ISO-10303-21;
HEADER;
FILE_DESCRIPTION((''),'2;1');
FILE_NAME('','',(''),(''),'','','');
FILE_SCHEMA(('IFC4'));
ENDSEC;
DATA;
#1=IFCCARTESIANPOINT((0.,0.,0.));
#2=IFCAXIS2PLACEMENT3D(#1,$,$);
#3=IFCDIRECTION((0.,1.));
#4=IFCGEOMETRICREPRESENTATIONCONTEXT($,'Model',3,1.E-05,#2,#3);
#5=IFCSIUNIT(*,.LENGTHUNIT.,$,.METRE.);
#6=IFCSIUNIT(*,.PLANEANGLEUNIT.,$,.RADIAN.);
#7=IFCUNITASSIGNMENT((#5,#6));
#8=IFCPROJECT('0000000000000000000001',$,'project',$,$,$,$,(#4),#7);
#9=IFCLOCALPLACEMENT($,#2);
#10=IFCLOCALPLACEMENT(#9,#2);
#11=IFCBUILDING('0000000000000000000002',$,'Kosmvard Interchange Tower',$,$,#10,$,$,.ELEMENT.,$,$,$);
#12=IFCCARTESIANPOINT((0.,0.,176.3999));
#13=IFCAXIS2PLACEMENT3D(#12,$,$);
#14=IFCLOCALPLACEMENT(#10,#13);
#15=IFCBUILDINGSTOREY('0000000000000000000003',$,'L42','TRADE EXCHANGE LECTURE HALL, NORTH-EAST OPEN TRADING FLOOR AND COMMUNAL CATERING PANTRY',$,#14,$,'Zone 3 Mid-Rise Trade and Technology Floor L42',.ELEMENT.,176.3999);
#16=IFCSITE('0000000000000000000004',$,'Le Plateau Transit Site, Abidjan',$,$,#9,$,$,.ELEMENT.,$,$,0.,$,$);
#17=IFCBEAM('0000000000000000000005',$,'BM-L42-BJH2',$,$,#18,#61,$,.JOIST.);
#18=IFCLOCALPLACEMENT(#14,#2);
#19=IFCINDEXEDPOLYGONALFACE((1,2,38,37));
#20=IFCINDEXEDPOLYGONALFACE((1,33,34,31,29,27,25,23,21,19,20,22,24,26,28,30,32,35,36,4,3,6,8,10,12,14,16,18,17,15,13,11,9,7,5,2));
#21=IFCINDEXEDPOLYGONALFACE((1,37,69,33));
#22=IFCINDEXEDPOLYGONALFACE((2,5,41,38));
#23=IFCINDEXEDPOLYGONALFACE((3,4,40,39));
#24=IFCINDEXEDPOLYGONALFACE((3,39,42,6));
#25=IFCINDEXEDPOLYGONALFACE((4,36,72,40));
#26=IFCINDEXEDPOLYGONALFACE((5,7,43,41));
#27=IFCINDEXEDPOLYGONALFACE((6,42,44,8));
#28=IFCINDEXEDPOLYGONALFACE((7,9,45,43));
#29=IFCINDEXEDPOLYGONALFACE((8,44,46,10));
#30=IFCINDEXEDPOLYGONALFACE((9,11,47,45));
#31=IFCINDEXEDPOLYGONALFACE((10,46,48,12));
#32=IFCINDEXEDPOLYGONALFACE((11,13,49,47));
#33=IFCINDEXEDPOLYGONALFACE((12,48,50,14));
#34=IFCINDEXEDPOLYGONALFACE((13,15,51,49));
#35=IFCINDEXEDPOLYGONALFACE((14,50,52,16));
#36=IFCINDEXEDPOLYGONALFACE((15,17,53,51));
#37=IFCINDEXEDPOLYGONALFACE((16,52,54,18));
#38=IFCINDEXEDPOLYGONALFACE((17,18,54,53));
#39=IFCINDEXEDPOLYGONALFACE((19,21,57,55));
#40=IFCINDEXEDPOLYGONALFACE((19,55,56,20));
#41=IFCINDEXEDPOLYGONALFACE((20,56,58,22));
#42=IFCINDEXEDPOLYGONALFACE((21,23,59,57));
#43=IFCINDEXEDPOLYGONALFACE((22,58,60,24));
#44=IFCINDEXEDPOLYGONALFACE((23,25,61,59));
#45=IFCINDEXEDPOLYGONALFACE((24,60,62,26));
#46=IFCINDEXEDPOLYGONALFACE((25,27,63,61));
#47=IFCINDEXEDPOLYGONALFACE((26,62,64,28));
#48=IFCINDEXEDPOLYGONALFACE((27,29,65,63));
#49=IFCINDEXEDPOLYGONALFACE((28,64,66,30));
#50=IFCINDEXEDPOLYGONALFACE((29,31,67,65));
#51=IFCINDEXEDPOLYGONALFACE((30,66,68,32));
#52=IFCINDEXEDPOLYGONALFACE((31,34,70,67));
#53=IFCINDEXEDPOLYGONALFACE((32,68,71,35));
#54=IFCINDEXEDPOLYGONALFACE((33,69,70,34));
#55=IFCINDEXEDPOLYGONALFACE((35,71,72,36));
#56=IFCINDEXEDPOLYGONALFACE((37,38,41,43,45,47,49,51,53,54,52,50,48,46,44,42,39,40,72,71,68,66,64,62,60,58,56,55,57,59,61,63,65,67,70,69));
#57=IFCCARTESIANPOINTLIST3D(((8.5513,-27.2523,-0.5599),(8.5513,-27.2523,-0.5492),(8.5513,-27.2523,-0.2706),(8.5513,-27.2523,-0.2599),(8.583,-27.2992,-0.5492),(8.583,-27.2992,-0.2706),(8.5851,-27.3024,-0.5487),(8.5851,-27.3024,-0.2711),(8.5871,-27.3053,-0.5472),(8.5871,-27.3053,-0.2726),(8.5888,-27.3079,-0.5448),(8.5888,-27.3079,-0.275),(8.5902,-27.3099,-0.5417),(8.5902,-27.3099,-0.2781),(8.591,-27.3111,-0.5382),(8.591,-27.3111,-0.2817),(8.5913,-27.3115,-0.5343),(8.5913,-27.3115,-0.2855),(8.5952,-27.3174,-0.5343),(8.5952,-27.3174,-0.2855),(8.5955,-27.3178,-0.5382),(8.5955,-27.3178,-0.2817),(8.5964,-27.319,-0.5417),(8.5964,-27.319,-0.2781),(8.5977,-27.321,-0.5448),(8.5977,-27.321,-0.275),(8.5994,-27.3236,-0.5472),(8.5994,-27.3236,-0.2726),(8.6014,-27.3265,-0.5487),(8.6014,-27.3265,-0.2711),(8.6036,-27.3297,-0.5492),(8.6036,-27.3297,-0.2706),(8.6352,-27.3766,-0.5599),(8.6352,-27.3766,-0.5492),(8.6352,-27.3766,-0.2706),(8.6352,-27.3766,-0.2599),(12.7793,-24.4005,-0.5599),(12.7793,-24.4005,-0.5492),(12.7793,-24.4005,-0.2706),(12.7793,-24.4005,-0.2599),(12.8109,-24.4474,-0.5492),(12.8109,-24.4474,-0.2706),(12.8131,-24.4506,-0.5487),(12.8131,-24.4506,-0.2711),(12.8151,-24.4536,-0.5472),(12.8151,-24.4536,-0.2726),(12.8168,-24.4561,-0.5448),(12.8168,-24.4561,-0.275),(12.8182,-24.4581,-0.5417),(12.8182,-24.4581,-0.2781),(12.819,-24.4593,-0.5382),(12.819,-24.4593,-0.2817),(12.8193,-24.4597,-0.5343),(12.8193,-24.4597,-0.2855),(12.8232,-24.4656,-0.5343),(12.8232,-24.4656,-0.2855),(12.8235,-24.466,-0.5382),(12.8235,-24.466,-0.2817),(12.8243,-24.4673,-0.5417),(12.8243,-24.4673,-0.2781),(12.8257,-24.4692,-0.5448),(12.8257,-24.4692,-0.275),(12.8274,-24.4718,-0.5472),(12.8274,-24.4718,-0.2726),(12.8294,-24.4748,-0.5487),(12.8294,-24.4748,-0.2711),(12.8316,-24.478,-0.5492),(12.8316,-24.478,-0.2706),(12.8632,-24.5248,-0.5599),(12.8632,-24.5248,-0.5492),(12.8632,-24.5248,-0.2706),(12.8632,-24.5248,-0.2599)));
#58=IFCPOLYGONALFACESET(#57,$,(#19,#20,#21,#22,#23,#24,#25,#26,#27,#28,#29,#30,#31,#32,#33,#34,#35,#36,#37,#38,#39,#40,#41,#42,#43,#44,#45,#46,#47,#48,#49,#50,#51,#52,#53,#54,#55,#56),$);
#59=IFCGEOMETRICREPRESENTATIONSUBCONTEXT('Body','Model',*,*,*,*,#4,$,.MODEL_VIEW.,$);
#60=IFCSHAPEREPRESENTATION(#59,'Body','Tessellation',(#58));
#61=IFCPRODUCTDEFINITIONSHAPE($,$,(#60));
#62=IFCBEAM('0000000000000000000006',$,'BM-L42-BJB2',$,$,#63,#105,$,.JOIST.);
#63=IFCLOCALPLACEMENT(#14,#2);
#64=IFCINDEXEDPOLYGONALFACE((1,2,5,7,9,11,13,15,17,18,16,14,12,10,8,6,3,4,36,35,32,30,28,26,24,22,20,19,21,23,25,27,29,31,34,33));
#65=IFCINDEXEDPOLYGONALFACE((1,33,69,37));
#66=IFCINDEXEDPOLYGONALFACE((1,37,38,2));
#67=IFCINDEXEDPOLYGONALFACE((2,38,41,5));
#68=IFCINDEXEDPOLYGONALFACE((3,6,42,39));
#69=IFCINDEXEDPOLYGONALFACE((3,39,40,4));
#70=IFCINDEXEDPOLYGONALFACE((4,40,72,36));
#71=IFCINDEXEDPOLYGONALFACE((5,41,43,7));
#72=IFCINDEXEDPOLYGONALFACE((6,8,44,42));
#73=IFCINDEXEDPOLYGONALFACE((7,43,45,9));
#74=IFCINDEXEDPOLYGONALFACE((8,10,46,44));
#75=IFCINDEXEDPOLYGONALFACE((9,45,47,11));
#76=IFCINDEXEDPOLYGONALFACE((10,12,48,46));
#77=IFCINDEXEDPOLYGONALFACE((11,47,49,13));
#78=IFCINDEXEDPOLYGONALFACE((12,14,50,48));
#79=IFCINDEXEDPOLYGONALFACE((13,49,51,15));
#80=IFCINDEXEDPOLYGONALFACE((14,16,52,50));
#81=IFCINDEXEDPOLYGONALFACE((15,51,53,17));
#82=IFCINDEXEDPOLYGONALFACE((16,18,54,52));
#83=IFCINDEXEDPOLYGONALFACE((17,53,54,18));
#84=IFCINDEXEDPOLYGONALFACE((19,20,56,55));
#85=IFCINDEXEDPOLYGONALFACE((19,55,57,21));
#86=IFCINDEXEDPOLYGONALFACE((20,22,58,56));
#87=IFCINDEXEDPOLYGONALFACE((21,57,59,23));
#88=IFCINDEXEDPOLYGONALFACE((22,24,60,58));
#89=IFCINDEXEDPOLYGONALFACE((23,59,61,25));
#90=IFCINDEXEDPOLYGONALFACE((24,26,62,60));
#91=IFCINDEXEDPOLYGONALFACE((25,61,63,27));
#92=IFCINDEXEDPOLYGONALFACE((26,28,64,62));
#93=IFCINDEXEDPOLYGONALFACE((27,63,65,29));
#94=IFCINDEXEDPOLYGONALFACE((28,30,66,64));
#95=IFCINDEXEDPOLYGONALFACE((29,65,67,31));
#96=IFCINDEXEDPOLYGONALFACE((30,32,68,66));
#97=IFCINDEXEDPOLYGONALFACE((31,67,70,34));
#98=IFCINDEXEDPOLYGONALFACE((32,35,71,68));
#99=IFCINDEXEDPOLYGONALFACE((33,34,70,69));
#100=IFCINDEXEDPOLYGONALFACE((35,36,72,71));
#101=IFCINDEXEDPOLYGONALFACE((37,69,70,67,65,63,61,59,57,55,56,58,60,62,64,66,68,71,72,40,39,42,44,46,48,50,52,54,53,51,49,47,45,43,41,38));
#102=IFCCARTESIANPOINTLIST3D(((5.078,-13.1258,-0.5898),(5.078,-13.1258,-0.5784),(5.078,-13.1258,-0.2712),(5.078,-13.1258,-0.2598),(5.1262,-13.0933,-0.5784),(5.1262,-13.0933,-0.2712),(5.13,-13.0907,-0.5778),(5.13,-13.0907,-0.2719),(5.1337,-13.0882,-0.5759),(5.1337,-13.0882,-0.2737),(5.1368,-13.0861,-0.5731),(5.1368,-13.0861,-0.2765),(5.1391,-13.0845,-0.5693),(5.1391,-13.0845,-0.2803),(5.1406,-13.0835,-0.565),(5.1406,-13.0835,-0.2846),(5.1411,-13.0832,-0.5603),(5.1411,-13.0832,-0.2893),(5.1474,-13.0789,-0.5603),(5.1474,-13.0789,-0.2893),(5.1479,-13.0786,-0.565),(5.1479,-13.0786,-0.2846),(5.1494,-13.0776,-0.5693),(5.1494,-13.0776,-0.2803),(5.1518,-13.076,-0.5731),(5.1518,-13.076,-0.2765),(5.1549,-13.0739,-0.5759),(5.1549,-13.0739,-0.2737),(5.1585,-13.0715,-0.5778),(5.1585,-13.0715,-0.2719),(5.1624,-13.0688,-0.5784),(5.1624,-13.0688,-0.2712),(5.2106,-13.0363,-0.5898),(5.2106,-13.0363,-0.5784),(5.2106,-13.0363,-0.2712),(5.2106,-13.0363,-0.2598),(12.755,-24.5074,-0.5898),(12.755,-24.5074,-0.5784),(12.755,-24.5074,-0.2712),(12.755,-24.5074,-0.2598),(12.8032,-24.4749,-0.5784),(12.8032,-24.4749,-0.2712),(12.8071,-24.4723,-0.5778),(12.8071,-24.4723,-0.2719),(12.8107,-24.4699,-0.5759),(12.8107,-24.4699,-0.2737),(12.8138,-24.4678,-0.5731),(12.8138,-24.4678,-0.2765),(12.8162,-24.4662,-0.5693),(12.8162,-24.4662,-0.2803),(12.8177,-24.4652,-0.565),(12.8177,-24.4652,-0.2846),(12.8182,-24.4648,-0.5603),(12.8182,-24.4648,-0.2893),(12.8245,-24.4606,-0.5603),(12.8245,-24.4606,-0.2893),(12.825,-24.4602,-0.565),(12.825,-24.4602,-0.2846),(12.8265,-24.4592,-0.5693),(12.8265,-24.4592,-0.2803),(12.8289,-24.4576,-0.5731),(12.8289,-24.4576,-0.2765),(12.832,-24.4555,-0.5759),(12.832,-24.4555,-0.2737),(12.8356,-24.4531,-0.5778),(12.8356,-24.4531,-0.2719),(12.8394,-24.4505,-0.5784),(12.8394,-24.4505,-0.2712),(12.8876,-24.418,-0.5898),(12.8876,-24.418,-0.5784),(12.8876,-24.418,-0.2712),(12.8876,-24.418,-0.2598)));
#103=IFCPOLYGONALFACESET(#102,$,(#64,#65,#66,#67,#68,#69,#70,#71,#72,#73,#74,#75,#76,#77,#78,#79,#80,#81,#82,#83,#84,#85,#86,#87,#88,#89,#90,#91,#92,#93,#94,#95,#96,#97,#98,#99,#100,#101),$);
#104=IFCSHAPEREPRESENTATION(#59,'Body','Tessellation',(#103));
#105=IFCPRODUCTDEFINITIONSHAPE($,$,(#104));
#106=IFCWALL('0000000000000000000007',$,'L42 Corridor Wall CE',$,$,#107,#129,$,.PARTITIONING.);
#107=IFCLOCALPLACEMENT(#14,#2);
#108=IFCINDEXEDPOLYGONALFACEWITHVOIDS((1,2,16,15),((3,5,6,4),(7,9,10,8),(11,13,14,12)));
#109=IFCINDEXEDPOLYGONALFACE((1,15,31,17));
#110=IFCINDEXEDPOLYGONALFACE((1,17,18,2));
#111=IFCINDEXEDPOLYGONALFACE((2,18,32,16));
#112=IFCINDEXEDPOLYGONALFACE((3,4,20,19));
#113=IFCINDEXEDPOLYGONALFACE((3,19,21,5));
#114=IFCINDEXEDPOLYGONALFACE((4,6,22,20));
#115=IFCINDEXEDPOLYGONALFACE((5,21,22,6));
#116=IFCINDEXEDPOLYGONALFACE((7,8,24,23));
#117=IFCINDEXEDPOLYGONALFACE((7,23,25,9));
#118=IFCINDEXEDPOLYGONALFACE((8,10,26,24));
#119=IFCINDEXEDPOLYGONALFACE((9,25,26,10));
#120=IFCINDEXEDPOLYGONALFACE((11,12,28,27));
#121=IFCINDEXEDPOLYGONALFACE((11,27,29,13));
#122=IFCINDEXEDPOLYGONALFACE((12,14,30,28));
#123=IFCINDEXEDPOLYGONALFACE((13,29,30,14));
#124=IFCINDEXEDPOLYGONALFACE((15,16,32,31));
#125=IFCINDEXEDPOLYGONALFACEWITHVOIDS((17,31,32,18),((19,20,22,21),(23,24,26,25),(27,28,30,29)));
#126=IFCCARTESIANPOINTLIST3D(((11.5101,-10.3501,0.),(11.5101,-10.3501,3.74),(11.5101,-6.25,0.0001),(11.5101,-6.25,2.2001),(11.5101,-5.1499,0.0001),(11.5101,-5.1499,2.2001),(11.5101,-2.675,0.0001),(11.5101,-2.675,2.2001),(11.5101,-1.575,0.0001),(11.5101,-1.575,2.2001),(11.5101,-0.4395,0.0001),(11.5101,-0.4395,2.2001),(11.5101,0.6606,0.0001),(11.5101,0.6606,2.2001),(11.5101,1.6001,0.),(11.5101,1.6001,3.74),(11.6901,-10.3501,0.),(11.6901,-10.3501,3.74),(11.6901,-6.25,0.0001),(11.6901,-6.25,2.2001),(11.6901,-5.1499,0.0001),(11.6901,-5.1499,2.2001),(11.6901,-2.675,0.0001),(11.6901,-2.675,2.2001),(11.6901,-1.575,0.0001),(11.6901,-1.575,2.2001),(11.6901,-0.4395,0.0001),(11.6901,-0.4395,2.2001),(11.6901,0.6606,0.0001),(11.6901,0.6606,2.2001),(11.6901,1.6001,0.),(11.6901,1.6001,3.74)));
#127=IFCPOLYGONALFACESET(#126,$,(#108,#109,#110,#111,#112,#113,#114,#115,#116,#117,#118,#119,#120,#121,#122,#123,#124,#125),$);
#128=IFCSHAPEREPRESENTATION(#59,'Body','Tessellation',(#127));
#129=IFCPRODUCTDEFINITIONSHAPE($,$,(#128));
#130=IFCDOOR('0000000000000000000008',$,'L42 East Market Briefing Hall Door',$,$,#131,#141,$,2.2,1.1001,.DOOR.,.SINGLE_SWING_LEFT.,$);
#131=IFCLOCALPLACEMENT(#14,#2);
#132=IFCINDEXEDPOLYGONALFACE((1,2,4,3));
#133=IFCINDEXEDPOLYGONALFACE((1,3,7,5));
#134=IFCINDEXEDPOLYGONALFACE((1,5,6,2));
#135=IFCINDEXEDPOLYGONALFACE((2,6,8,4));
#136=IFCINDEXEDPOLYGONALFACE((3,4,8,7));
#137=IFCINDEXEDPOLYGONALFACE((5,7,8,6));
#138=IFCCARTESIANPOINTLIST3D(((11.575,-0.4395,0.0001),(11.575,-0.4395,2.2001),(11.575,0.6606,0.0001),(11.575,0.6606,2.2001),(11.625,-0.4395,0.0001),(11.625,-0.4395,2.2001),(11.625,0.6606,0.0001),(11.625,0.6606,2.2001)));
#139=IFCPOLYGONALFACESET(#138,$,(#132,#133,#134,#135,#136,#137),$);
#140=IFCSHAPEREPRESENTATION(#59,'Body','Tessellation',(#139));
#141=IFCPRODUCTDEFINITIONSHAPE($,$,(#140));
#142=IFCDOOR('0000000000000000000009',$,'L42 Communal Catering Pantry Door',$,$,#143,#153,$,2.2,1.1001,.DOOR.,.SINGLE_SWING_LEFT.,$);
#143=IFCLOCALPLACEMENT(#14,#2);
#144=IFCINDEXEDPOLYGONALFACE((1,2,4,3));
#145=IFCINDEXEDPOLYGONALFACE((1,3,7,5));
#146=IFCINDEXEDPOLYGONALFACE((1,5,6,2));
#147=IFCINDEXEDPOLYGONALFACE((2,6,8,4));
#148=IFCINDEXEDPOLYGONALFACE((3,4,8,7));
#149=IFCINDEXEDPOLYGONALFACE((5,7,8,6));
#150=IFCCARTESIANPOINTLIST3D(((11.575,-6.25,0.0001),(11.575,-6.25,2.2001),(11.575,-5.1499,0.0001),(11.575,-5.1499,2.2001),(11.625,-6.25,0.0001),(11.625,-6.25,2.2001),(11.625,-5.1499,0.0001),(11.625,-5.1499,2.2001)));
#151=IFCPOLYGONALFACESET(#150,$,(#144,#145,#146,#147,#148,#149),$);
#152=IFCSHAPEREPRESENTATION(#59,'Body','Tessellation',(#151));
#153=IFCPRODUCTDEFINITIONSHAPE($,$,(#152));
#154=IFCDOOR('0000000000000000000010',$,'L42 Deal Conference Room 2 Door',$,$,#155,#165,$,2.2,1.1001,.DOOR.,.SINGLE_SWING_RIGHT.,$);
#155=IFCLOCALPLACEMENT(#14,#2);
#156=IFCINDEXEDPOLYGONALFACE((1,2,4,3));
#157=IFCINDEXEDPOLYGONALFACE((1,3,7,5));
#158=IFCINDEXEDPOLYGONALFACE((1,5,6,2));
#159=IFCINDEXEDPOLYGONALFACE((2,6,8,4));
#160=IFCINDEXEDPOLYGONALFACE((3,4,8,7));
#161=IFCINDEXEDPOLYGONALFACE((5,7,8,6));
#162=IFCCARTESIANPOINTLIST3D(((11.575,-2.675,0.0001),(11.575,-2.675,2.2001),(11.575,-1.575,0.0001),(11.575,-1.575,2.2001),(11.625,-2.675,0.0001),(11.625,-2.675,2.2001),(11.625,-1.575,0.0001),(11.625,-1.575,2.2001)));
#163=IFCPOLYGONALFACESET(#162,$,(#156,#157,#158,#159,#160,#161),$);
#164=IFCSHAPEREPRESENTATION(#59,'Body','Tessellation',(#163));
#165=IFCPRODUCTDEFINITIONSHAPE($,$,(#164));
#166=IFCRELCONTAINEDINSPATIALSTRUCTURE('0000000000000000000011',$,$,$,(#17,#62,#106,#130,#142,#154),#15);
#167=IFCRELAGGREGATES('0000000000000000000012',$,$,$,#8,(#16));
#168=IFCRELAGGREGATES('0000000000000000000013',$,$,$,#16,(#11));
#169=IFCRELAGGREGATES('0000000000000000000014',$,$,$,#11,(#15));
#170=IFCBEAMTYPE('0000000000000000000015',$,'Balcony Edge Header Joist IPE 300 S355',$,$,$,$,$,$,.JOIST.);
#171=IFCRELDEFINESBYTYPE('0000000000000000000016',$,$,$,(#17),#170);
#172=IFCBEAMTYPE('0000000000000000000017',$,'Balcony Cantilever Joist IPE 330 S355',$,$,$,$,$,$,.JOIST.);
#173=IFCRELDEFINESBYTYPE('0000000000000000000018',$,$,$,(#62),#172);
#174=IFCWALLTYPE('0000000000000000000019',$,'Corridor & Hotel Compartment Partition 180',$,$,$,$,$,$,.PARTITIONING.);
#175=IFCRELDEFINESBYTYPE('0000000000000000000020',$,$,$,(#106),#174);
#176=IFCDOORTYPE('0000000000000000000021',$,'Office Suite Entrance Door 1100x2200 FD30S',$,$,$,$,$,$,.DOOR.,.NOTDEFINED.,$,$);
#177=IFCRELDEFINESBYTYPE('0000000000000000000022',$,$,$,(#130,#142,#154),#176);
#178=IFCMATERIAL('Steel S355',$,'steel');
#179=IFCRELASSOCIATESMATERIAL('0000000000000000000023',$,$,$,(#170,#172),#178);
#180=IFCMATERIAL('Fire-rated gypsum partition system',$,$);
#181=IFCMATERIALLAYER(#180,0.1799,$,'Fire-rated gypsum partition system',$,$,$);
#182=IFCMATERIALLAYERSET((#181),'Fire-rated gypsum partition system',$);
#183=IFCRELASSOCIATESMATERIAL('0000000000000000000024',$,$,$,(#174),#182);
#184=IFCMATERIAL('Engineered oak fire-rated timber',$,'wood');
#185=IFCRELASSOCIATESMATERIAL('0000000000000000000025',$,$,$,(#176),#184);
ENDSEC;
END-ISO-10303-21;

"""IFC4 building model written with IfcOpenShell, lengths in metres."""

from ifc_helpers import new_model, si_unit, direction, frame, frame_2d, origin, origin_2d, place, context, subcontext, project, spatial, rectangle, i_section, extrude, source, transform, mapped, material, layer, layer_set, material_profile, profile_set, type_object, element, fill, save


model = new_model("IFC4")

# Units and contexts
model_context = context("Model", 3, precision=1e-05, world=origin(), true_north=direction((0.0, 1.0)))
body_context = subcontext(model_context, "Body", "Model", "MODEL_VIEW")
ifc_project = project(units=[si_unit("LENGTHUNIT", "METRE"), si_unit("PLANEANGLEUNIT", "RADIAN")], contexts=[model_context])

# Site, building, storey
site_placement = place(None, origin())
site = spatial("IfcSite", under=ifc_project, at=site_placement, Name="Le Plateau Transit Site, Abidjan", CompositionType="ELEMENT", RefElevation=0.0)
building_placement = place(site_placement, origin())
building = spatial("IfcBuilding", under=site, at=building_placement, Name="Kosmvard Interchange Tower", CompositionType="ELEMENT")
storey_placement = place(building_placement, frame((0.0, 0.0, 176.3999)))
storey = spatial("IfcBuildingStorey", under=building, at=storey_placement, Name="L42", Description="TRADE EXCHANGE LECTURE HALL, NORTH-EAST OPEN TRADING FLOOR AND COMMUNAL CATERING PANTRY", LongName="Zone 3 Mid-Rise Trade and Technology Floor L42", CompositionType="ELEMENT", Elevation=176.3999)

# Beams
ifc_material_1 = material(Name="Steel S355", Category="steel")
ifc_material_profile_1 = material_profile(ifc_material_1, i_section(OverallWidth=0.1499, OverallDepth=0.3, WebThickness=0.0071, FlangeThickness=0.0107, FilletRadius=0.0149, at=origin_2d()), Name="IPE 300")
ifc_profile_set_1 = profile_set([ifc_material_profile_1], Name="Steel S355")
beam_type_1 = type_object("IfcBeamType", Name="Balcony Edge Header Joist IPE 300 S355", PredefinedType="JOIST", material=ifc_profile_set_1)
shared_shape_1 = source(origin(), body_context, "Body", "SweptSolid", [
    extrude(i_section(OverallWidth=0.1499, OverallDepth=0.3, WebThickness=0.0071, FlangeThickness=0.0107, FilletRadius=0.0149, at=origin_2d()), origin(), (0.0, 0.0, 1.0), 5.0999),
])
beam_1_placement = place(storey_placement, frame((8.5933, -27.3145, -0.4099), z_axis=(0.829041, 0.559188, 0.0), x_axis=(-0.559188, 0.829041, 0.0)))
element("IfcBeam", 1, at=beam_1_placement, inside=storey, type_object=beam_type_1, Name="BM-L42-BJH2", PredefinedType="JOIST", context=body_context, shape_type="MappedRepresentation", body=[
    mapped(shared_shape_1, transform((0.0, 0.0, 0.0), scale=1.0)),
])
ifc_material_profile_2 = material_profile(ifc_material_1, i_section(OverallWidth=0.1599, OverallDepth=0.3301, WebThickness=0.0076, FlangeThickness=0.0115, FilletRadius=0.0181, at=origin_2d()), Name="IPE 330")
ifc_profile_set_2 = profile_set([ifc_material_profile_2], Name="Steel S355")
beam_type_2 = type_object("IfcBeamType", Name="Balcony Cantilever Joist IPE 330 S355", PredefinedType="JOIST", material=ifc_profile_set_2)
shared_shape_2 = source(origin(), body_context, "Body", "SweptSolid", [
    extrude(i_section(OverallWidth=0.1599, OverallDepth=0.3301, WebThickness=0.0076, FlangeThickness=0.0115, FilletRadius=0.0181, at=origin_2d()), origin(), (0.0, 0.0, 1.0), 13.7288),
])
beam_2_placement = place(storey_placement, frame((5.1443, -13.0811, -0.4248), z_axis=(0.559194, -0.829037, 0.0), x_axis=(0.829037, 0.559194, 0.0)))
element("IfcBeam", 2, at=beam_2_placement, inside=storey, type_object=beam_type_2, Name="BM-L42-BJB2", PredefinedType="JOIST", context=body_context, shape_type="MappedRepresentation", body=[
    mapped(shared_shape_2, transform((0.0, 0.0, 0.0), scale=1.0)),
])

# Wall, openings, doors
ifc_material_2 = material(Name="Fire-rated gypsum partition system")
ifc_layer_1 = layer(ifc_material_2, 0.1799, Name="Fire-rated gypsum partition system")
ifc_layer_set_1 = layer_set([ifc_layer_1], Name="Fire-rated gypsum partition system")
wall_type_1 = type_object("IfcWallType", Name="Corridor & Hotel Compartment Partition 180", PredefinedType="PARTITIONING", material=ifc_layer_set_1)
wall_1_placement = place(storey_placement, frame((11.6001, -10.3501, 0.0), z_axis=(0.0, 0.0, 1.0), x_axis=(0.0, 1.0, 0.0)))
wall_1 = element("IfcWall", 3, at=wall_1_placement, inside=storey, type_object=wall_type_1, Name="L42 Corridor Wall CE", PredefinedType="PARTITIONING", context=body_context, shape_type="SweptSolid", body=[
    extrude(rectangle(XDim=11.9502, YDim=0.1799, at=frame_2d((5.9751, 0.0))), origin(), (0.0, 0.0, 1.0), 3.74),
])
opening_1_placement = place(wall_1_placement, frame((9.9106, 0.0, 0.0)))
opening_1 = element("IfcOpeningElement", 4, at=opening_1_placement, cuts=wall_1, PredefinedType="OPENING", context=body_context, shape_type="SweptSolid", body=[
    extrude(rectangle(XDim=1.1001, YDim=2.2, at=frame_2d((0.55, 1.1001))), frame((0.0, 0.1001, 0.0), z_axis=(0.0, -1.0, 0.0), x_axis=(1.0, 0.0, 0.0)), (0.0, 0.0, 1.0), 0.2),
])
opening_2_placement = place(wall_1_placement, frame((4.1001, 0.0, 0.0)))
opening_2 = element("IfcOpeningElement", 5, at=opening_2_placement, cuts=wall_1, PredefinedType="OPENING", context=body_context, shape_type="SweptSolid", body=[
    extrude(rectangle(XDim=1.1001, YDim=2.2, at=frame_2d((0.55, 1.1001))), frame((0.0, 0.1001, 0.0), z_axis=(0.0, -1.0, 0.0), x_axis=(1.0, 0.0, 0.0)), (0.0, 0.0, 1.0), 0.2),
])
opening_3_placement = place(wall_1_placement, frame((7.675, 0.0, 0.0)))
opening_3 = element("IfcOpeningElement", 6, at=opening_3_placement, cuts=wall_1, PredefinedType="OPENING", context=body_context, shape_type="SweptSolid", body=[
    extrude(rectangle(XDim=1.1001, YDim=2.2, at=frame_2d((0.55, 1.1001))), frame((0.0, 0.1001, 0.0), z_axis=(0.0, -1.0, 0.0), x_axis=(1.0, 0.0, 0.0)), (0.0, 0.0, 1.0), 0.2),
])
ifc_material_3 = material(Name="Engineered oak fire-rated timber", Category="wood")
door_type = type_object("IfcDoorType", Name="Office Suite Entrance Door 1100x2200 FD30S", OperationType="NOTDEFINED", PredefinedType="DOOR", material=ifc_material_3)
shared_shape_3 = source(origin(), body_context, "Body", "SweptSolid", [
    extrude(rectangle(XDim=1.1001, YDim=2.2, at=frame_2d((0.55, 1.1001))), frame((0.0, 0.0249, 0.0), z_axis=(0.0, -1.0, 0.0), x_axis=(1.0, 0.0, 0.0)), (0.0, 0.0, 1.0), 0.05),
])
door_1_placement = place(opening_1_placement, frame((1.1001, 0.0, 0.0), z_axis=(0.0, 0.0, 1.0), x_axis=(-1.0, 0.0, 0.0)))
door_1 = element("IfcDoor", 7, at=door_1_placement, inside=storey, type_object=door_type, Name="L42 East Market Briefing Hall Door", OperationType="SINGLE_SWING_LEFT", OverallHeight=2.2, OverallWidth=1.1001, PredefinedType="DOOR", context=body_context, shape_type="MappedRepresentation", body=[
    mapped(shared_shape_3, transform((0.0, 0.0, 0.0), scale=1.0)),
])
fill(opening_1, door_1)
door_2_placement = place(opening_2_placement, frame((1.1001, 0.0, 0.0), z_axis=(0.0, 0.0, 1.0), x_axis=(-1.0, 0.0, 0.0)))
door_2 = element("IfcDoor", 8, at=door_2_placement, inside=storey, type_object=door_type, Name="L42 Communal Catering Pantry Door", OperationType="SINGLE_SWING_LEFT", OverallHeight=2.2, OverallWidth=1.1001, PredefinedType="DOOR", context=body_context, shape_type="MappedRepresentation", body=[
    mapped(shared_shape_3, transform((0.0, 0.0, 0.0), scale=1.0)),
])
fill(opening_2, door_2)
door_3_placement = place(opening_3_placement, frame((1.1001, 0.0, 0.0), z_axis=(0.0, 0.0, 1.0), x_axis=(-1.0, 0.0, 0.0)))
door_3 = element("IfcDoor", 9, at=door_3_placement, inside=storey, type_object=door_type, Name="L42 Deal Conference Room 2 Door", OperationType="SINGLE_SWING_RIGHT", OverallHeight=2.2, OverallWidth=1.1001, PredefinedType="DOOR", context=body_context, shape_type="MappedRepresentation", body=[
    mapped(shared_shape_3, transform((0.0, 0.0, 0.0), scale=1.0)),
])
fill(opening_3, door_3)

save(model, "model.ifc")
